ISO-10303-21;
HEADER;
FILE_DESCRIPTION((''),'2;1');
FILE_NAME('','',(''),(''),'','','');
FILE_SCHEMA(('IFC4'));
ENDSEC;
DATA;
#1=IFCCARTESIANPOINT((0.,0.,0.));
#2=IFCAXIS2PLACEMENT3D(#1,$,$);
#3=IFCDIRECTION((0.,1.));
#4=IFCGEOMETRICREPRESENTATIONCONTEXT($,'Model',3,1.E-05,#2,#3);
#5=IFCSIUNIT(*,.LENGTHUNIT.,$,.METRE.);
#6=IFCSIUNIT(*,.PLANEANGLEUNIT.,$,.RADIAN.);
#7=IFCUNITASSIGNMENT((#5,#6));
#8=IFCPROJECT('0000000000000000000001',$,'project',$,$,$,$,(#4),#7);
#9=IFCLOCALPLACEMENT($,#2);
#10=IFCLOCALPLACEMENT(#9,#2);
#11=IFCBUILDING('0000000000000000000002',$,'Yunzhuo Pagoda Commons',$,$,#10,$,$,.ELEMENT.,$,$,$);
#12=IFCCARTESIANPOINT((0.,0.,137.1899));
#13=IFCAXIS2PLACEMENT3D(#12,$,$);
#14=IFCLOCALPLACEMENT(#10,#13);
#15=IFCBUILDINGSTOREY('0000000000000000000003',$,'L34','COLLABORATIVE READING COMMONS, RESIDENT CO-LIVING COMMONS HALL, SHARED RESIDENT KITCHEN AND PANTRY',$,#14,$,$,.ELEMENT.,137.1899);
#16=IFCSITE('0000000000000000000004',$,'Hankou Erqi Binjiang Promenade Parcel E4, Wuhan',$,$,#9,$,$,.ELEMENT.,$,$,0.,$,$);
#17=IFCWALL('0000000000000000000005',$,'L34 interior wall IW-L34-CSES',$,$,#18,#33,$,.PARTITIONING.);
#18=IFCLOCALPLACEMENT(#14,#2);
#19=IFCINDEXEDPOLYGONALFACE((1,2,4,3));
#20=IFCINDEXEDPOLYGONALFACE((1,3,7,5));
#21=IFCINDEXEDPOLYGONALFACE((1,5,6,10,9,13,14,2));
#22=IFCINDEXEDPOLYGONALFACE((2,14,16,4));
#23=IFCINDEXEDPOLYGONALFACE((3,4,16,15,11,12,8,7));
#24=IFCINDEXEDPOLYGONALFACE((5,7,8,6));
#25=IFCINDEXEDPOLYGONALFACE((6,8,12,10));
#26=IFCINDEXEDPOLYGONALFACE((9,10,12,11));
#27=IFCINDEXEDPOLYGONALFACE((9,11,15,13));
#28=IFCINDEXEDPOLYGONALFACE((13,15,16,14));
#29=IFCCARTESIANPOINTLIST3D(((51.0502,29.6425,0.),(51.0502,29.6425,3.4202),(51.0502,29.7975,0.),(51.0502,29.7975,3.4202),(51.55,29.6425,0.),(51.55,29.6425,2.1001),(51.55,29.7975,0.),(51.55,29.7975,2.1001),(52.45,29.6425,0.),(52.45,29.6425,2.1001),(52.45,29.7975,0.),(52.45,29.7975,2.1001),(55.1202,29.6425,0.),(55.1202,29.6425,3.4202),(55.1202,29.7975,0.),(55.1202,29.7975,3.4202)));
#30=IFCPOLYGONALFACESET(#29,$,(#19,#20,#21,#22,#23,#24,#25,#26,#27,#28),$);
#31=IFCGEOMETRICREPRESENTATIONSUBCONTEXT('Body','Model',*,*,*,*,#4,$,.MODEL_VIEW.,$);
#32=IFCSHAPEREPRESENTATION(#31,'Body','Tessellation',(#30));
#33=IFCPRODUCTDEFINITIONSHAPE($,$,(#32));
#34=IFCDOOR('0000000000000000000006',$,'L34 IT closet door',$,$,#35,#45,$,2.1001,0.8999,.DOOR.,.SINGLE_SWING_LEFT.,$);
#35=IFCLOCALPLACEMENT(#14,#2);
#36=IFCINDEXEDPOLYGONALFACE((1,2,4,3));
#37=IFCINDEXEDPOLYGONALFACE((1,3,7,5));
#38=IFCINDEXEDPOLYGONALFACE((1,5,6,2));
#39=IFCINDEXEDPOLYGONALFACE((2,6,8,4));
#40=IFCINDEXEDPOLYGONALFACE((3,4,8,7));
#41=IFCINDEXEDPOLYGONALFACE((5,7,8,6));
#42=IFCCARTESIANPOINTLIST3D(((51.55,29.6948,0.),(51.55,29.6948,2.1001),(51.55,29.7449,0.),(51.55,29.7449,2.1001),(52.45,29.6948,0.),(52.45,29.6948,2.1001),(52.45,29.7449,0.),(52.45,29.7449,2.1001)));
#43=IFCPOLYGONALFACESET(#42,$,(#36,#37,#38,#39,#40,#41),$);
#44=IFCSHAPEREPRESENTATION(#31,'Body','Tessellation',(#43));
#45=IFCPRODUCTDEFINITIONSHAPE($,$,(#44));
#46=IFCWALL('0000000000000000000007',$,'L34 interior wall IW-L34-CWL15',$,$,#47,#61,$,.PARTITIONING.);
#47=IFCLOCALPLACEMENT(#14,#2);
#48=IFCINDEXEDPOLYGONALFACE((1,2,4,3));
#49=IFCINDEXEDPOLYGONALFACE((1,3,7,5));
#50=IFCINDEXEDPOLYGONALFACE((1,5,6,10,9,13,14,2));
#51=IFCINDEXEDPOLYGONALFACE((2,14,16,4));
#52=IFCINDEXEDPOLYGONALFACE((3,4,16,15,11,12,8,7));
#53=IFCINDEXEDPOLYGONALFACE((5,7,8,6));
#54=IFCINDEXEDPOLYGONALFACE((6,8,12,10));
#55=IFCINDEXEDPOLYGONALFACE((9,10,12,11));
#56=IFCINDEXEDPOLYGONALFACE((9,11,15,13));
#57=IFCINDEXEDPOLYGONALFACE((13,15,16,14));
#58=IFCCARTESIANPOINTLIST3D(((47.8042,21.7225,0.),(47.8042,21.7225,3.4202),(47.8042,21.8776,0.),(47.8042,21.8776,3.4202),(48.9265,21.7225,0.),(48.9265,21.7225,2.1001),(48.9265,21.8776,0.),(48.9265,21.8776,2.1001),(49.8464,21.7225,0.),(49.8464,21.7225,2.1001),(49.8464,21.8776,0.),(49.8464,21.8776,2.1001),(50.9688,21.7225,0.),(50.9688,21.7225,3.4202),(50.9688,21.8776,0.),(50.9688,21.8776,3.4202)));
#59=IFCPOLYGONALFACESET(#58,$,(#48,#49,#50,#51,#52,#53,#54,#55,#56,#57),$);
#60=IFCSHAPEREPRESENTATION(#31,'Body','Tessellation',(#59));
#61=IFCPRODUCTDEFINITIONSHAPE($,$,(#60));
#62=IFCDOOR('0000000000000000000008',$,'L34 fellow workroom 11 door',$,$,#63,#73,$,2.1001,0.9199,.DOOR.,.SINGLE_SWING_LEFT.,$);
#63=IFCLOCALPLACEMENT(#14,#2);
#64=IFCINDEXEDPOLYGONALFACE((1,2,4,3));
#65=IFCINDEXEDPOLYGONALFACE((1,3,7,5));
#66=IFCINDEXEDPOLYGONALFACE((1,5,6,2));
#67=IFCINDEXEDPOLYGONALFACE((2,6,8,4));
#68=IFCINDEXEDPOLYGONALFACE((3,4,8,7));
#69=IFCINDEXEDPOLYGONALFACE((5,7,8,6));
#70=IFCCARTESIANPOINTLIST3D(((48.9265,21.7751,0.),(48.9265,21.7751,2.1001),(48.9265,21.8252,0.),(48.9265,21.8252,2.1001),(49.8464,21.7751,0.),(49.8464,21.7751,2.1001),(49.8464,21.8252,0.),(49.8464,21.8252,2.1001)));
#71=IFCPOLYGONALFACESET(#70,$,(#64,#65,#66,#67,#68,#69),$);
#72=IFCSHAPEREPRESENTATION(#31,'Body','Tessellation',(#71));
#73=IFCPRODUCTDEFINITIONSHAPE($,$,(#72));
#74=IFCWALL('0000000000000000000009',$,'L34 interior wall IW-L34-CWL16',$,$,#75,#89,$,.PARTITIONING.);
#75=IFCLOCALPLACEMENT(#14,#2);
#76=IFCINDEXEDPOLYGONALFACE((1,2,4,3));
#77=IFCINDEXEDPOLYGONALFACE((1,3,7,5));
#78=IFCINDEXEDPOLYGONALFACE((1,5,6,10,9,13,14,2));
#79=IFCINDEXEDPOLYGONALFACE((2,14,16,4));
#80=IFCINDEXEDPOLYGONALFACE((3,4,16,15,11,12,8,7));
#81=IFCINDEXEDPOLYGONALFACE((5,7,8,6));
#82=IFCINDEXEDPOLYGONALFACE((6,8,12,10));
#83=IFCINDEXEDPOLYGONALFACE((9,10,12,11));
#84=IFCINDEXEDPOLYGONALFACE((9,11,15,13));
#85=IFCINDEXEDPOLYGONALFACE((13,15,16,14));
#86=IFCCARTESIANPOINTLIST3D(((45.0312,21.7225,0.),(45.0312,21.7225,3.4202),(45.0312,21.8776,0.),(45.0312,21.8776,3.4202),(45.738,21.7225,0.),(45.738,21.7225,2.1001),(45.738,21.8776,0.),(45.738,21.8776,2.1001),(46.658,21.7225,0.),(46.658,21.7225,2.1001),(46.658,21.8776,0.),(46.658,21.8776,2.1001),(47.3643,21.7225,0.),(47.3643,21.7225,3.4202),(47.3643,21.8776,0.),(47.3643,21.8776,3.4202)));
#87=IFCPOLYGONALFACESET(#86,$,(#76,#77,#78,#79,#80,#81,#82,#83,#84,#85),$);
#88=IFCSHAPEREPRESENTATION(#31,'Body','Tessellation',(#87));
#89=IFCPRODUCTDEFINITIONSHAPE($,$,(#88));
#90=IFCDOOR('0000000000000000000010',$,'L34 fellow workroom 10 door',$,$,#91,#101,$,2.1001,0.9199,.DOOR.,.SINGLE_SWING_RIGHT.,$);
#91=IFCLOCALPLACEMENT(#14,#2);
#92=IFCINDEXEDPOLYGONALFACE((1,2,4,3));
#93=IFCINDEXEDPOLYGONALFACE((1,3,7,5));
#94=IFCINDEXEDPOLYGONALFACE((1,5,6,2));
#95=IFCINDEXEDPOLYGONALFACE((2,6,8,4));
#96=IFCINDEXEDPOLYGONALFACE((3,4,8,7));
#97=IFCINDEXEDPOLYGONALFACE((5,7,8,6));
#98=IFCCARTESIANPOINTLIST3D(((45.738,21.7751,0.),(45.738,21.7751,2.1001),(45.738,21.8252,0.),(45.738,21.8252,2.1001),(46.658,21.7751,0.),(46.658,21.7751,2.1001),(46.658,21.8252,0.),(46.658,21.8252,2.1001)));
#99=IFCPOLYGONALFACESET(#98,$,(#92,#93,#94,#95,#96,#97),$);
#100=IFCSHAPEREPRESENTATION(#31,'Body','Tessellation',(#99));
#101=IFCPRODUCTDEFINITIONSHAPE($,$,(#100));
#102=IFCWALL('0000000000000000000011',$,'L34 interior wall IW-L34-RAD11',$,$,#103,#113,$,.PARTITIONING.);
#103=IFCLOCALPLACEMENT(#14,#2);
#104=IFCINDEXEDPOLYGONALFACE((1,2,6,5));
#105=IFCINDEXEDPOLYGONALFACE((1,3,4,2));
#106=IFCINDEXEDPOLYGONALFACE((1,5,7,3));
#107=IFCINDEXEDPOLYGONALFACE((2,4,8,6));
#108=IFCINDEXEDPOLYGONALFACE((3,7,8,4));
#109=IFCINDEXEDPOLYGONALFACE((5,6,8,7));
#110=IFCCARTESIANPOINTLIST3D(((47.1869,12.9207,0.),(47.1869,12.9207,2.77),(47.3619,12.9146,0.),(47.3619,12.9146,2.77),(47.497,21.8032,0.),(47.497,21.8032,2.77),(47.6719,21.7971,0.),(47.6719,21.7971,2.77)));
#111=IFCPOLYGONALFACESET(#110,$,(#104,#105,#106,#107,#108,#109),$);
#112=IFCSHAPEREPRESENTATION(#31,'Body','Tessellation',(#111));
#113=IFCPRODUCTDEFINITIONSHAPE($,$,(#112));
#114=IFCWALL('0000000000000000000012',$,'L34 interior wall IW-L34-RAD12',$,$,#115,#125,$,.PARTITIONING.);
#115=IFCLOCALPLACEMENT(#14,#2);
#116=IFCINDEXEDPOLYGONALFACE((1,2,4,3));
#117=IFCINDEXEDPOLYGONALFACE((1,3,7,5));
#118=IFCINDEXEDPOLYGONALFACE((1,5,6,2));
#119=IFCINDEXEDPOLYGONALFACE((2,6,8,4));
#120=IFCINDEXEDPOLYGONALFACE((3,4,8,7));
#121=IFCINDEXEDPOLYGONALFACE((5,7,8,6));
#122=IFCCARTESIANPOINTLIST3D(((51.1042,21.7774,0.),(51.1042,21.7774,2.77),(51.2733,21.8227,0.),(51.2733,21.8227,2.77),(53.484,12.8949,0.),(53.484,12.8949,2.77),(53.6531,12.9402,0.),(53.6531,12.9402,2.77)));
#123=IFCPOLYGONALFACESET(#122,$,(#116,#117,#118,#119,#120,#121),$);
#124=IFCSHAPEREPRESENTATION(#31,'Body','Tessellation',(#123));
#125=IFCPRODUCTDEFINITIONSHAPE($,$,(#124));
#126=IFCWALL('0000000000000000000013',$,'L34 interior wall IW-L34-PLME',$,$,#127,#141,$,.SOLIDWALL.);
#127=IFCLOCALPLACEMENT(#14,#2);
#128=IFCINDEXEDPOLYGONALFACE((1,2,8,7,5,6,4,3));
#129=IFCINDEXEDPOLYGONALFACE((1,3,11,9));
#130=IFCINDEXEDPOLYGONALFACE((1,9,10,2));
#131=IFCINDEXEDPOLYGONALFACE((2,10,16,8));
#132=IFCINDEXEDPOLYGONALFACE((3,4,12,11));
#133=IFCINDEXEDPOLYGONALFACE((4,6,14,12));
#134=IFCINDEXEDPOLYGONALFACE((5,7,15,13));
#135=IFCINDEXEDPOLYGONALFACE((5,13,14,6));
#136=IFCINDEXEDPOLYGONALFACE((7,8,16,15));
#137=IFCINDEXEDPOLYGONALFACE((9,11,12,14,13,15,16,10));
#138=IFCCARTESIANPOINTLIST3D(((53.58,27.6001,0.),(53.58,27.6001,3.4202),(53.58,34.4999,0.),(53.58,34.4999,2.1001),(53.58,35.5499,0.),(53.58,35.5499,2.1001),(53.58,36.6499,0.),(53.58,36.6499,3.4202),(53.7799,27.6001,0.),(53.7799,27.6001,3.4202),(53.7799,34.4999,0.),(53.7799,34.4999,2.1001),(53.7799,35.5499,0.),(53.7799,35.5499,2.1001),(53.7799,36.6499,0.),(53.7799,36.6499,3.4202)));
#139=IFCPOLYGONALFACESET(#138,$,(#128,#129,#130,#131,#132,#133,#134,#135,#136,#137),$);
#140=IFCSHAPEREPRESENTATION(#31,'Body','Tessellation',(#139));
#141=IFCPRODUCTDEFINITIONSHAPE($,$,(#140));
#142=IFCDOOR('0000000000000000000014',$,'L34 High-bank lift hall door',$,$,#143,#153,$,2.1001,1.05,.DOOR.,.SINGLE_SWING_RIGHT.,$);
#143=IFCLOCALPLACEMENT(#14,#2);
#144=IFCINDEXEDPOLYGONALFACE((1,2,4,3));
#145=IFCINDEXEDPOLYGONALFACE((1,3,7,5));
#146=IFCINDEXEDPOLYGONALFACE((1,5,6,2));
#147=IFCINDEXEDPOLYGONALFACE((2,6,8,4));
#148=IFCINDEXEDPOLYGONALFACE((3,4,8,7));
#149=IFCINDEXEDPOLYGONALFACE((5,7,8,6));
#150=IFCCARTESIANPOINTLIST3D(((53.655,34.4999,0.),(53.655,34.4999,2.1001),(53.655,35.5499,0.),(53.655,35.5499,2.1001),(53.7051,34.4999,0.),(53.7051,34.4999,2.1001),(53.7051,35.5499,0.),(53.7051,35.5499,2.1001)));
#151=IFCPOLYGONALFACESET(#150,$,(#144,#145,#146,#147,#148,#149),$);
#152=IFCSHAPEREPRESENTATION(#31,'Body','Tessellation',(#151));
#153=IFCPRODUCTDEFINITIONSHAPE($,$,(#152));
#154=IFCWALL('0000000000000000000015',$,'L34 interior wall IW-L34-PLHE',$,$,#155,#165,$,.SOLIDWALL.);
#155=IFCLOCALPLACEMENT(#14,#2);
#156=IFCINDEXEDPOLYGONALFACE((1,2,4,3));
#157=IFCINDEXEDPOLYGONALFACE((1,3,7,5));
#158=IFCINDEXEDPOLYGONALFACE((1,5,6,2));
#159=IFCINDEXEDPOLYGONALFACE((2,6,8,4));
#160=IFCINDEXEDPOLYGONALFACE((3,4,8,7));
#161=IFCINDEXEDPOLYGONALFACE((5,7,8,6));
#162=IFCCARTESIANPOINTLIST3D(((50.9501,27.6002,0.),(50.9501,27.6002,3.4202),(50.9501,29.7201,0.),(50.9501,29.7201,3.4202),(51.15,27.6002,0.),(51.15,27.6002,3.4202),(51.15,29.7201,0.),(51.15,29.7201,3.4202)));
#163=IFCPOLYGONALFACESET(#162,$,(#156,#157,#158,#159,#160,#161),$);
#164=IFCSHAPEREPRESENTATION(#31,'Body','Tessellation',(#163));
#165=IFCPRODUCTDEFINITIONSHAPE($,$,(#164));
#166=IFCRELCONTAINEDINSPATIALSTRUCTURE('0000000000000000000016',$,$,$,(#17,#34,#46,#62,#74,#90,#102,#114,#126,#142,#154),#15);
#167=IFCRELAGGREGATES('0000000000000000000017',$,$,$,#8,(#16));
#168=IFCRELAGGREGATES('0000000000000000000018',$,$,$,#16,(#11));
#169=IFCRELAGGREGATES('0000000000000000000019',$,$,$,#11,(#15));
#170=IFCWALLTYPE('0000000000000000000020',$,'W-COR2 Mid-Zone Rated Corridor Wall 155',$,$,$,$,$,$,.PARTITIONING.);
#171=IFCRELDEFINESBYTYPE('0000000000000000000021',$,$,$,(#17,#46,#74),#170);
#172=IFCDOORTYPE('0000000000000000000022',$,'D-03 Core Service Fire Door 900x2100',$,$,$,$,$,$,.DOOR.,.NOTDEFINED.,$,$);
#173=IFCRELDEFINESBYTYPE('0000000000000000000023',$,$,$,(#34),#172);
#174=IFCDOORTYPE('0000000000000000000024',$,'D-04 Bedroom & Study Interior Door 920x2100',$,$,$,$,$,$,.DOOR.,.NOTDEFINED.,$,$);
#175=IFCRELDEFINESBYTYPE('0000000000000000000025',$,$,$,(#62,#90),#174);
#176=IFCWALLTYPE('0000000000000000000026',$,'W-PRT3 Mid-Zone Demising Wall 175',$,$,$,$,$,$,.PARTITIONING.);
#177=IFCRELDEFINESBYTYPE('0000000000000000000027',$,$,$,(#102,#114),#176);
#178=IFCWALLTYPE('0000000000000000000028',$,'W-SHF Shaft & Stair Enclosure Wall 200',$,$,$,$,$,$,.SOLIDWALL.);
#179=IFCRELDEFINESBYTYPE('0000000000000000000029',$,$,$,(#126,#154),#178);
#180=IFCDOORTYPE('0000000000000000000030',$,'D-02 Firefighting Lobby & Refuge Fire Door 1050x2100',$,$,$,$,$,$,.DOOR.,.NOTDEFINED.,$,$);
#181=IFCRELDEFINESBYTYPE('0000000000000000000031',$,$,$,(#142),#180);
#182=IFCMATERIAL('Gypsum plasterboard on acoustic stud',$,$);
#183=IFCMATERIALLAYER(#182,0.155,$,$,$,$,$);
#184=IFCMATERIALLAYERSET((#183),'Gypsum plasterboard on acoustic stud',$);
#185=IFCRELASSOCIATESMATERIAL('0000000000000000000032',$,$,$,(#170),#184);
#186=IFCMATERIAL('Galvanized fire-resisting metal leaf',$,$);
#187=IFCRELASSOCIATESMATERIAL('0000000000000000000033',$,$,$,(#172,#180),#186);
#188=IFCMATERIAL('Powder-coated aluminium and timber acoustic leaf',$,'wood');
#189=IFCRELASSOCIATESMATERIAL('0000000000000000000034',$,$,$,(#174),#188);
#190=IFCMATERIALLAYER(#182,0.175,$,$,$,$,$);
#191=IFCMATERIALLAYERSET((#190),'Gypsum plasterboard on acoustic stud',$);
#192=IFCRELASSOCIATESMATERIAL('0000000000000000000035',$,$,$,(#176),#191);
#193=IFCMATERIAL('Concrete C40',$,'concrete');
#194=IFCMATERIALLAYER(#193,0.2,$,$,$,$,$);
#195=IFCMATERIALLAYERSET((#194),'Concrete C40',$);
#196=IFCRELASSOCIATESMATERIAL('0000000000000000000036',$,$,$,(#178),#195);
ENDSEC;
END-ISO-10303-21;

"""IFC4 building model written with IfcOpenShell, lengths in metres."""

from ifc_helpers import new_model, si_unit, direction, frame, frame_2d, origin, origin_with_axes, place, context, subcontext, project, spatial, rectangle, extrude, source, transform, mapped, material, layer, layer_set, type_object, element, fill, save


model = new_model("IFC4")

# Units and contexts
model_context = context("Model", 3, precision=1e-05, world=origin(), true_north=direction((0.0, 1.0)))
body_context = subcontext(model_context, "Body", "Model", "MODEL_VIEW")
ifc_project = project(units=[si_unit("LENGTHUNIT", "METRE"), si_unit("PLANEANGLEUNIT", "RADIAN")], contexts=[model_context])

# Site, building, storey
site_placement = place(None, origin())
site = spatial("IfcSite", under=ifc_project, at=site_placement, Name="Hankou Erqi Binjiang Promenade Parcel E4, Wuhan", CompositionType="ELEMENT", RefElevation=0.0)
building_placement = place(site_placement, origin())
building = spatial("IfcBuilding", under=site, at=building_placement, Name="Yunzhuo Pagoda Commons", CompositionType="ELEMENT")
storey_placement = place(building_placement, frame((0.0, 0.0, 137.1899)))
storey = spatial("IfcBuildingStorey", under=building, at=storey_placement, Name="L34", Description="COLLABORATIVE READING COMMONS, RESIDENT CO-LIVING COMMONS HALL, SHARED RESIDENT KITCHEN AND PANTRY", CompositionType="ELEMENT", Elevation=137.1899)

# Walls, openings, doors
ifc_material_1 = material(Name="Gypsum plasterboard on acoustic stud")
ifc_layer_1 = layer(ifc_material_1, 0.155)
ifc_layer_set_1 = layer_set([ifc_layer_1], Name="Gypsum plasterboard on acoustic stud")
wall_type_1 = type_object("IfcWallType", Name="W-COR2 Mid-Zone Rated Corridor Wall 155", PredefinedType="PARTITIONING", material=ifc_layer_set_1)
wall_1_placement = place(storey_placement, frame((51.05, 29.72, 0.0), z_axis=(0.0, 0.0, 1.0), x_axis=(1.0, 0.0, 0.0)))
wall_1 = element("IfcWall", 1, at=wall_1_placement, inside=storey, type_object=wall_type_1, Name="L34 interior wall IW-L34-CSES", PredefinedType="PARTITIONING", context=body_context, shape_type="SweptSolid", body=[
    extrude(rectangle(XDim=4.0701, YDim=0.155, at=frame_2d((2.0352, 0.0))), origin(), (0.0, 0.0, 1.0), 3.4202),
])
opening_1_placement = place(wall_1_placement, frame((0.5, 0.0, 0.0)))
opening_1 = element("IfcOpeningElement", 2, at=opening_1_placement, cuts=wall_1, PredefinedType="OPENING", context=body_context, shape_type="SweptSolid", body=[
    extrude(rectangle(XDim=0.8999, YDim=2.1001, at=frame_2d((0.45, 1.05))), frame((0.0, 0.0874, 0.0), z_axis=(0.0, -1.0, 0.0), x_axis=(1.0, 0.0, 0.0)), (0.0, 0.0, 1.0), 0.175),
])
ifc_material_2 = material(Name="Galvanized fire-resisting metal leaf")
door_type_1 = type_object("IfcDoorType", Name="D-03 Core Service Fire Door 900x2100", OperationType="NOTDEFINED", PredefinedType="DOOR", material=ifc_material_2)
shared_shape_1 = source(origin(), body_context, "Body", "SweptSolid", [
    extrude(rectangle(XDim=0.8999, YDim=2.1001, at=frame_2d((0.45, 1.05))), frame((0.0, 0.0249, 0.0), z_axis=(0.0, -1.0, 0.0), x_axis=(1.0, 0.0, 0.0)), (0.0, 0.0, 1.0), 0.05),
])
door_1_placement = place(opening_1_placement, origin_with_axes())
door_1 = element("IfcDoor", 3, at=door_1_placement, inside=storey, type_object=door_type_1, Name="L34 IT closet door", OperationType="SINGLE_SWING_LEFT", OverallHeight=2.1001, OverallWidth=0.8999, PredefinedType="DOOR", context=body_context, shape_type="MappedRepresentation", body=[
    mapped(shared_shape_1, transform((0.0, 0.0, 0.0), scale=1.0)),
])
fill(opening_1, door_1)
wall_2_placement = place(storey_placement, frame((50.9688, 21.8, 0.0), z_axis=(0.0, 0.0, 1.0), x_axis=(-1.0, 0.0, 0.0)))
wall_2 = element("IfcWall", 4, at=wall_2_placement, inside=storey, type_object=wall_type_1, Name="L34 interior wall IW-L34-CWL15", PredefinedType="PARTITIONING", context=body_context, shape_type="SweptSolid", body=[
    extrude(rectangle(XDim=3.1646, YDim=0.155, at=frame_2d((1.5823, 0.0))), origin(), (0.0, 0.0, 1.0), 3.4202),
])
opening_2_placement = place(wall_2_placement, frame((1.1223, 0.0, 0.0)))
opening_2 = element("IfcOpeningElement", 5, at=opening_2_placement, cuts=wall_2, PredefinedType="OPENING", context=body_context, shape_type="SweptSolid", body=[
    extrude(rectangle(XDim=0.9199, YDim=2.1001, at=frame_2d((0.46, 1.05))), frame((0.0, 0.0874, 0.0), z_axis=(0.0, -1.0, 0.0), x_axis=(1.0, 0.0, 0.0)), (0.0, 0.0, 1.0), 0.175),
])
ifc_material_3 = material(Name="Powder-coated aluminium and timber acoustic leaf", Category="wood")
door_type_2 = type_object("IfcDoorType", Name="D-04 Bedroom & Study Interior Door 920x2100", OperationType="NOTDEFINED", PredefinedType="DOOR", material=ifc_material_3)
shared_shape_2 = source(origin(), body_context, "Body", "SweptSolid", [
    extrude(rectangle(XDim=0.9199, YDim=2.1001, at=frame_2d((0.46, 1.05))), frame((0.0, 0.0249, 0.0), z_axis=(0.0, -1.0, 0.0), x_axis=(1.0, 0.0, 0.0)), (0.0, 0.0, 1.0), 0.05),
])
door_2_placement = place(opening_2_placement, origin_with_axes())
door_2 = element("IfcDoor", 6, at=door_2_placement, inside=storey, type_object=door_type_2, Name="L34 fellow workroom 11 door", OperationType="SINGLE_SWING_LEFT", OverallHeight=2.1001, OverallWidth=0.9199, PredefinedType="DOOR", context=body_context, shape_type="MappedRepresentation", body=[
    mapped(shared_shape_2, transform((0.0, 0.0, 0.0), scale=1.0)),
])
fill(opening_2, door_2)
wall_3_placement = place(storey_placement, frame((47.3643, 21.8, 0.0), z_axis=(0.0, 0.0, 1.0), x_axis=(-1.0, 0.0, 0.0)))
wall_3 = element("IfcWall", 7, at=wall_3_placement, inside=storey, type_object=wall_type_1, Name="L34 interior wall IW-L34-CWL16", PredefinedType="PARTITIONING", context=body_context, shape_type="SweptSolid", body=[
    extrude(rectangle(XDim=2.333, YDim=0.155, at=frame_2d((1.1665, 0.0))), origin(), (0.0, 0.0, 1.0), 3.4202),
])
opening_3_placement = place(wall_3_placement, frame((0.7063, 0.0, 0.0)))
opening_3 = element("IfcOpeningElement", 8, at=opening_3_placement, cuts=wall_3, PredefinedType="OPENING", context=body_context, shape_type="SweptSolid", body=[
    extrude(rectangle(XDim=0.9199, YDim=2.1001, at=frame_2d((0.46, 1.05))), frame((0.0, 0.0874, 0.0), z_axis=(0.0, -1.0, 0.0), x_axis=(1.0, 0.0, 0.0)), (0.0, 0.0, 1.0), 0.175),
])
door_3_placement = place(opening_3_placement, origin_with_axes())
door_3 = element("IfcDoor", 9, at=door_3_placement, inside=storey, type_object=door_type_2, Name="L34 fellow workroom 10 door", OperationType="SINGLE_SWING_RIGHT", OverallHeight=2.1001, OverallWidth=0.9199, PredefinedType="DOOR", context=body_context, shape_type="MappedRepresentation", body=[
    mapped(shared_shape_2, transform((0.0, 0.0, 0.0), scale=1.0)),
])
fill(opening_3, door_3)

# Walls
ifc_layer_2 = layer(ifc_material_1, 0.175)
ifc_layer_set_2 = layer_set([ifc_layer_2], Name="Gypsum plasterboard on acoustic stud")
wall_type_2 = type_object("IfcWallType", Name="W-PRT3 Mid-Zone Demising Wall 175", PredefinedType="PARTITIONING", material=ifc_layer_set_2)
wall_4_placement = place(storey_placement, frame((47.5845, 21.8, 0.0), z_axis=(0.0, 0.0, 1.0), x_axis=(-0.034885, -0.999391, 0.0)))
element("IfcWall", 10, at=wall_4_placement, inside=storey, type_object=wall_type_2, Name="L34 interior wall IW-L34-RAD11", PredefinedType="PARTITIONING", context=body_context, shape_type="SweptSolid", body=[
    extrude(rectangle(XDim=8.8879, YDim=0.175, at=frame_2d((4.4438, 0.0))), origin(), (0.0, 0.0, 1.0), 2.77),
])
wall_5_placement = place(storey_placement, frame((51.1887, 21.8, 0.0), z_axis=(0.0, 0.0, 1.0), x_axis=(0.258799, -0.965931, 0.0)))
element("IfcWall", 11, at=wall_5_placement, inside=storey, type_object=wall_type_2, Name="L34 interior wall IW-L34-RAD12", PredefinedType="PARTITIONING", context=body_context, shape_type="SweptSolid", body=[
    extrude(rectangle(XDim=9.1958, YDim=0.175, at=frame_2d((4.5979, 0.0))), origin(), (0.0, 0.0, 1.0), 2.77),
])

# Wall, opening, door
ifc_material_4 = material(Name="Concrete C40", Category="concrete")
ifc_layer_3 = layer(ifc_material_4, 0.2)
ifc_layer_set_3 = layer_set([ifc_layer_3], Name="Concrete C40")
wall_type_3 = type_object("IfcWallType", Name="W-SHF Shaft & Stair Enclosure Wall 200", PredefinedType="SOLIDWALL", material=ifc_layer_set_3)
wall_6_placement = place(storey_placement, frame((53.6799, 27.6001, 0.0), z_axis=(0.0, 0.0, 1.0), x_axis=(0.0, 1.0, 0.0)))
wall_6 = element("IfcWall", 12, at=wall_6_placement, inside=storey, type_object=wall_type_3, Name="L34 interior wall IW-L34-PLME", PredefinedType="SOLIDWALL", context=body_context, shape_type="SweptSolid", body=[
    extrude(rectangle(XDim=9.0498, YDim=0.2, at=frame_2d((4.5249, 0.0))), origin(), (0.0, 0.0, 1.0), 3.4202),
])
opening_4_placement = place(wall_6_placement, frame((6.8999, 0.0, 0.0)))
opening_4 = element("IfcOpeningElement", 13, at=opening_4_placement, cuts=wall_6, PredefinedType="OPENING", context=body_context, shape_type="SweptSolid", body=[
    extrude(rectangle(XDim=1.05, YDim=2.1001, at=frame_2d((0.5249, 1.05))), frame((0.0, 0.1099, 0.0), z_axis=(0.0, -1.0, 0.0), x_axis=(1.0, 0.0, 0.0)), (0.0, 0.0, 1.0), 0.22),
])
door_type_3 = type_object("IfcDoorType", Name="D-02 Firefighting Lobby & Refuge Fire Door 1050x2100", OperationType="NOTDEFINED", PredefinedType="DOOR", material=ifc_material_2)
shared_shape_3 = source(origin(), body_context, "Body", "SweptSolid", [
    extrude(rectangle(XDim=1.05, YDim=2.1001, at=frame_2d((0.5249, 1.05))), frame((0.0, 0.0249, 0.0), z_axis=(0.0, -1.0, 0.0), x_axis=(1.0, 0.0, 0.0)), (0.0, 0.0, 1.0), 0.05),
])
door_4_placement = place(opening_4_placement, origin_with_axes())
door_4 = element("IfcDoor", 14, at=door_4_placement, inside=storey, type_object=door_type_3, Name="L34 High-bank lift hall door", OperationType="SINGLE_SWING_RIGHT", OverallHeight=2.1001, OverallWidth=1.05, PredefinedType="DOOR", context=body_context, shape_type="MappedRepresentation", body=[
    mapped(shared_shape_3, transform((0.0, 0.0, 0.0), scale=1.0)),
])
fill(opening_4, door_4)

# Wall
for number, where, z_axis, x_axis, name in (
    (15, (51.05, 27.6001, 0.0), (0.0, 0.0, 1.0), (0.0, 1.0, 0.0), "L34 interior wall IW-L34-PLHE"),
):
    element("IfcWall", number, at=place(storey_placement, frame(where, z_axis=z_axis, x_axis=x_axis)), inside=storey, type_object=wall_type_3, Name=name, PredefinedType="SOLIDWALL", context=body_context, shape_type="SweptSolid", body=[
        extrude(rectangle(XDim=2.1199, YDim=0.2, at=frame_2d((1.0601, 0.0))), origin(), (0.0, 0.0, 1.0), 3.4202),
    ])

save(model, "model.ifc")
